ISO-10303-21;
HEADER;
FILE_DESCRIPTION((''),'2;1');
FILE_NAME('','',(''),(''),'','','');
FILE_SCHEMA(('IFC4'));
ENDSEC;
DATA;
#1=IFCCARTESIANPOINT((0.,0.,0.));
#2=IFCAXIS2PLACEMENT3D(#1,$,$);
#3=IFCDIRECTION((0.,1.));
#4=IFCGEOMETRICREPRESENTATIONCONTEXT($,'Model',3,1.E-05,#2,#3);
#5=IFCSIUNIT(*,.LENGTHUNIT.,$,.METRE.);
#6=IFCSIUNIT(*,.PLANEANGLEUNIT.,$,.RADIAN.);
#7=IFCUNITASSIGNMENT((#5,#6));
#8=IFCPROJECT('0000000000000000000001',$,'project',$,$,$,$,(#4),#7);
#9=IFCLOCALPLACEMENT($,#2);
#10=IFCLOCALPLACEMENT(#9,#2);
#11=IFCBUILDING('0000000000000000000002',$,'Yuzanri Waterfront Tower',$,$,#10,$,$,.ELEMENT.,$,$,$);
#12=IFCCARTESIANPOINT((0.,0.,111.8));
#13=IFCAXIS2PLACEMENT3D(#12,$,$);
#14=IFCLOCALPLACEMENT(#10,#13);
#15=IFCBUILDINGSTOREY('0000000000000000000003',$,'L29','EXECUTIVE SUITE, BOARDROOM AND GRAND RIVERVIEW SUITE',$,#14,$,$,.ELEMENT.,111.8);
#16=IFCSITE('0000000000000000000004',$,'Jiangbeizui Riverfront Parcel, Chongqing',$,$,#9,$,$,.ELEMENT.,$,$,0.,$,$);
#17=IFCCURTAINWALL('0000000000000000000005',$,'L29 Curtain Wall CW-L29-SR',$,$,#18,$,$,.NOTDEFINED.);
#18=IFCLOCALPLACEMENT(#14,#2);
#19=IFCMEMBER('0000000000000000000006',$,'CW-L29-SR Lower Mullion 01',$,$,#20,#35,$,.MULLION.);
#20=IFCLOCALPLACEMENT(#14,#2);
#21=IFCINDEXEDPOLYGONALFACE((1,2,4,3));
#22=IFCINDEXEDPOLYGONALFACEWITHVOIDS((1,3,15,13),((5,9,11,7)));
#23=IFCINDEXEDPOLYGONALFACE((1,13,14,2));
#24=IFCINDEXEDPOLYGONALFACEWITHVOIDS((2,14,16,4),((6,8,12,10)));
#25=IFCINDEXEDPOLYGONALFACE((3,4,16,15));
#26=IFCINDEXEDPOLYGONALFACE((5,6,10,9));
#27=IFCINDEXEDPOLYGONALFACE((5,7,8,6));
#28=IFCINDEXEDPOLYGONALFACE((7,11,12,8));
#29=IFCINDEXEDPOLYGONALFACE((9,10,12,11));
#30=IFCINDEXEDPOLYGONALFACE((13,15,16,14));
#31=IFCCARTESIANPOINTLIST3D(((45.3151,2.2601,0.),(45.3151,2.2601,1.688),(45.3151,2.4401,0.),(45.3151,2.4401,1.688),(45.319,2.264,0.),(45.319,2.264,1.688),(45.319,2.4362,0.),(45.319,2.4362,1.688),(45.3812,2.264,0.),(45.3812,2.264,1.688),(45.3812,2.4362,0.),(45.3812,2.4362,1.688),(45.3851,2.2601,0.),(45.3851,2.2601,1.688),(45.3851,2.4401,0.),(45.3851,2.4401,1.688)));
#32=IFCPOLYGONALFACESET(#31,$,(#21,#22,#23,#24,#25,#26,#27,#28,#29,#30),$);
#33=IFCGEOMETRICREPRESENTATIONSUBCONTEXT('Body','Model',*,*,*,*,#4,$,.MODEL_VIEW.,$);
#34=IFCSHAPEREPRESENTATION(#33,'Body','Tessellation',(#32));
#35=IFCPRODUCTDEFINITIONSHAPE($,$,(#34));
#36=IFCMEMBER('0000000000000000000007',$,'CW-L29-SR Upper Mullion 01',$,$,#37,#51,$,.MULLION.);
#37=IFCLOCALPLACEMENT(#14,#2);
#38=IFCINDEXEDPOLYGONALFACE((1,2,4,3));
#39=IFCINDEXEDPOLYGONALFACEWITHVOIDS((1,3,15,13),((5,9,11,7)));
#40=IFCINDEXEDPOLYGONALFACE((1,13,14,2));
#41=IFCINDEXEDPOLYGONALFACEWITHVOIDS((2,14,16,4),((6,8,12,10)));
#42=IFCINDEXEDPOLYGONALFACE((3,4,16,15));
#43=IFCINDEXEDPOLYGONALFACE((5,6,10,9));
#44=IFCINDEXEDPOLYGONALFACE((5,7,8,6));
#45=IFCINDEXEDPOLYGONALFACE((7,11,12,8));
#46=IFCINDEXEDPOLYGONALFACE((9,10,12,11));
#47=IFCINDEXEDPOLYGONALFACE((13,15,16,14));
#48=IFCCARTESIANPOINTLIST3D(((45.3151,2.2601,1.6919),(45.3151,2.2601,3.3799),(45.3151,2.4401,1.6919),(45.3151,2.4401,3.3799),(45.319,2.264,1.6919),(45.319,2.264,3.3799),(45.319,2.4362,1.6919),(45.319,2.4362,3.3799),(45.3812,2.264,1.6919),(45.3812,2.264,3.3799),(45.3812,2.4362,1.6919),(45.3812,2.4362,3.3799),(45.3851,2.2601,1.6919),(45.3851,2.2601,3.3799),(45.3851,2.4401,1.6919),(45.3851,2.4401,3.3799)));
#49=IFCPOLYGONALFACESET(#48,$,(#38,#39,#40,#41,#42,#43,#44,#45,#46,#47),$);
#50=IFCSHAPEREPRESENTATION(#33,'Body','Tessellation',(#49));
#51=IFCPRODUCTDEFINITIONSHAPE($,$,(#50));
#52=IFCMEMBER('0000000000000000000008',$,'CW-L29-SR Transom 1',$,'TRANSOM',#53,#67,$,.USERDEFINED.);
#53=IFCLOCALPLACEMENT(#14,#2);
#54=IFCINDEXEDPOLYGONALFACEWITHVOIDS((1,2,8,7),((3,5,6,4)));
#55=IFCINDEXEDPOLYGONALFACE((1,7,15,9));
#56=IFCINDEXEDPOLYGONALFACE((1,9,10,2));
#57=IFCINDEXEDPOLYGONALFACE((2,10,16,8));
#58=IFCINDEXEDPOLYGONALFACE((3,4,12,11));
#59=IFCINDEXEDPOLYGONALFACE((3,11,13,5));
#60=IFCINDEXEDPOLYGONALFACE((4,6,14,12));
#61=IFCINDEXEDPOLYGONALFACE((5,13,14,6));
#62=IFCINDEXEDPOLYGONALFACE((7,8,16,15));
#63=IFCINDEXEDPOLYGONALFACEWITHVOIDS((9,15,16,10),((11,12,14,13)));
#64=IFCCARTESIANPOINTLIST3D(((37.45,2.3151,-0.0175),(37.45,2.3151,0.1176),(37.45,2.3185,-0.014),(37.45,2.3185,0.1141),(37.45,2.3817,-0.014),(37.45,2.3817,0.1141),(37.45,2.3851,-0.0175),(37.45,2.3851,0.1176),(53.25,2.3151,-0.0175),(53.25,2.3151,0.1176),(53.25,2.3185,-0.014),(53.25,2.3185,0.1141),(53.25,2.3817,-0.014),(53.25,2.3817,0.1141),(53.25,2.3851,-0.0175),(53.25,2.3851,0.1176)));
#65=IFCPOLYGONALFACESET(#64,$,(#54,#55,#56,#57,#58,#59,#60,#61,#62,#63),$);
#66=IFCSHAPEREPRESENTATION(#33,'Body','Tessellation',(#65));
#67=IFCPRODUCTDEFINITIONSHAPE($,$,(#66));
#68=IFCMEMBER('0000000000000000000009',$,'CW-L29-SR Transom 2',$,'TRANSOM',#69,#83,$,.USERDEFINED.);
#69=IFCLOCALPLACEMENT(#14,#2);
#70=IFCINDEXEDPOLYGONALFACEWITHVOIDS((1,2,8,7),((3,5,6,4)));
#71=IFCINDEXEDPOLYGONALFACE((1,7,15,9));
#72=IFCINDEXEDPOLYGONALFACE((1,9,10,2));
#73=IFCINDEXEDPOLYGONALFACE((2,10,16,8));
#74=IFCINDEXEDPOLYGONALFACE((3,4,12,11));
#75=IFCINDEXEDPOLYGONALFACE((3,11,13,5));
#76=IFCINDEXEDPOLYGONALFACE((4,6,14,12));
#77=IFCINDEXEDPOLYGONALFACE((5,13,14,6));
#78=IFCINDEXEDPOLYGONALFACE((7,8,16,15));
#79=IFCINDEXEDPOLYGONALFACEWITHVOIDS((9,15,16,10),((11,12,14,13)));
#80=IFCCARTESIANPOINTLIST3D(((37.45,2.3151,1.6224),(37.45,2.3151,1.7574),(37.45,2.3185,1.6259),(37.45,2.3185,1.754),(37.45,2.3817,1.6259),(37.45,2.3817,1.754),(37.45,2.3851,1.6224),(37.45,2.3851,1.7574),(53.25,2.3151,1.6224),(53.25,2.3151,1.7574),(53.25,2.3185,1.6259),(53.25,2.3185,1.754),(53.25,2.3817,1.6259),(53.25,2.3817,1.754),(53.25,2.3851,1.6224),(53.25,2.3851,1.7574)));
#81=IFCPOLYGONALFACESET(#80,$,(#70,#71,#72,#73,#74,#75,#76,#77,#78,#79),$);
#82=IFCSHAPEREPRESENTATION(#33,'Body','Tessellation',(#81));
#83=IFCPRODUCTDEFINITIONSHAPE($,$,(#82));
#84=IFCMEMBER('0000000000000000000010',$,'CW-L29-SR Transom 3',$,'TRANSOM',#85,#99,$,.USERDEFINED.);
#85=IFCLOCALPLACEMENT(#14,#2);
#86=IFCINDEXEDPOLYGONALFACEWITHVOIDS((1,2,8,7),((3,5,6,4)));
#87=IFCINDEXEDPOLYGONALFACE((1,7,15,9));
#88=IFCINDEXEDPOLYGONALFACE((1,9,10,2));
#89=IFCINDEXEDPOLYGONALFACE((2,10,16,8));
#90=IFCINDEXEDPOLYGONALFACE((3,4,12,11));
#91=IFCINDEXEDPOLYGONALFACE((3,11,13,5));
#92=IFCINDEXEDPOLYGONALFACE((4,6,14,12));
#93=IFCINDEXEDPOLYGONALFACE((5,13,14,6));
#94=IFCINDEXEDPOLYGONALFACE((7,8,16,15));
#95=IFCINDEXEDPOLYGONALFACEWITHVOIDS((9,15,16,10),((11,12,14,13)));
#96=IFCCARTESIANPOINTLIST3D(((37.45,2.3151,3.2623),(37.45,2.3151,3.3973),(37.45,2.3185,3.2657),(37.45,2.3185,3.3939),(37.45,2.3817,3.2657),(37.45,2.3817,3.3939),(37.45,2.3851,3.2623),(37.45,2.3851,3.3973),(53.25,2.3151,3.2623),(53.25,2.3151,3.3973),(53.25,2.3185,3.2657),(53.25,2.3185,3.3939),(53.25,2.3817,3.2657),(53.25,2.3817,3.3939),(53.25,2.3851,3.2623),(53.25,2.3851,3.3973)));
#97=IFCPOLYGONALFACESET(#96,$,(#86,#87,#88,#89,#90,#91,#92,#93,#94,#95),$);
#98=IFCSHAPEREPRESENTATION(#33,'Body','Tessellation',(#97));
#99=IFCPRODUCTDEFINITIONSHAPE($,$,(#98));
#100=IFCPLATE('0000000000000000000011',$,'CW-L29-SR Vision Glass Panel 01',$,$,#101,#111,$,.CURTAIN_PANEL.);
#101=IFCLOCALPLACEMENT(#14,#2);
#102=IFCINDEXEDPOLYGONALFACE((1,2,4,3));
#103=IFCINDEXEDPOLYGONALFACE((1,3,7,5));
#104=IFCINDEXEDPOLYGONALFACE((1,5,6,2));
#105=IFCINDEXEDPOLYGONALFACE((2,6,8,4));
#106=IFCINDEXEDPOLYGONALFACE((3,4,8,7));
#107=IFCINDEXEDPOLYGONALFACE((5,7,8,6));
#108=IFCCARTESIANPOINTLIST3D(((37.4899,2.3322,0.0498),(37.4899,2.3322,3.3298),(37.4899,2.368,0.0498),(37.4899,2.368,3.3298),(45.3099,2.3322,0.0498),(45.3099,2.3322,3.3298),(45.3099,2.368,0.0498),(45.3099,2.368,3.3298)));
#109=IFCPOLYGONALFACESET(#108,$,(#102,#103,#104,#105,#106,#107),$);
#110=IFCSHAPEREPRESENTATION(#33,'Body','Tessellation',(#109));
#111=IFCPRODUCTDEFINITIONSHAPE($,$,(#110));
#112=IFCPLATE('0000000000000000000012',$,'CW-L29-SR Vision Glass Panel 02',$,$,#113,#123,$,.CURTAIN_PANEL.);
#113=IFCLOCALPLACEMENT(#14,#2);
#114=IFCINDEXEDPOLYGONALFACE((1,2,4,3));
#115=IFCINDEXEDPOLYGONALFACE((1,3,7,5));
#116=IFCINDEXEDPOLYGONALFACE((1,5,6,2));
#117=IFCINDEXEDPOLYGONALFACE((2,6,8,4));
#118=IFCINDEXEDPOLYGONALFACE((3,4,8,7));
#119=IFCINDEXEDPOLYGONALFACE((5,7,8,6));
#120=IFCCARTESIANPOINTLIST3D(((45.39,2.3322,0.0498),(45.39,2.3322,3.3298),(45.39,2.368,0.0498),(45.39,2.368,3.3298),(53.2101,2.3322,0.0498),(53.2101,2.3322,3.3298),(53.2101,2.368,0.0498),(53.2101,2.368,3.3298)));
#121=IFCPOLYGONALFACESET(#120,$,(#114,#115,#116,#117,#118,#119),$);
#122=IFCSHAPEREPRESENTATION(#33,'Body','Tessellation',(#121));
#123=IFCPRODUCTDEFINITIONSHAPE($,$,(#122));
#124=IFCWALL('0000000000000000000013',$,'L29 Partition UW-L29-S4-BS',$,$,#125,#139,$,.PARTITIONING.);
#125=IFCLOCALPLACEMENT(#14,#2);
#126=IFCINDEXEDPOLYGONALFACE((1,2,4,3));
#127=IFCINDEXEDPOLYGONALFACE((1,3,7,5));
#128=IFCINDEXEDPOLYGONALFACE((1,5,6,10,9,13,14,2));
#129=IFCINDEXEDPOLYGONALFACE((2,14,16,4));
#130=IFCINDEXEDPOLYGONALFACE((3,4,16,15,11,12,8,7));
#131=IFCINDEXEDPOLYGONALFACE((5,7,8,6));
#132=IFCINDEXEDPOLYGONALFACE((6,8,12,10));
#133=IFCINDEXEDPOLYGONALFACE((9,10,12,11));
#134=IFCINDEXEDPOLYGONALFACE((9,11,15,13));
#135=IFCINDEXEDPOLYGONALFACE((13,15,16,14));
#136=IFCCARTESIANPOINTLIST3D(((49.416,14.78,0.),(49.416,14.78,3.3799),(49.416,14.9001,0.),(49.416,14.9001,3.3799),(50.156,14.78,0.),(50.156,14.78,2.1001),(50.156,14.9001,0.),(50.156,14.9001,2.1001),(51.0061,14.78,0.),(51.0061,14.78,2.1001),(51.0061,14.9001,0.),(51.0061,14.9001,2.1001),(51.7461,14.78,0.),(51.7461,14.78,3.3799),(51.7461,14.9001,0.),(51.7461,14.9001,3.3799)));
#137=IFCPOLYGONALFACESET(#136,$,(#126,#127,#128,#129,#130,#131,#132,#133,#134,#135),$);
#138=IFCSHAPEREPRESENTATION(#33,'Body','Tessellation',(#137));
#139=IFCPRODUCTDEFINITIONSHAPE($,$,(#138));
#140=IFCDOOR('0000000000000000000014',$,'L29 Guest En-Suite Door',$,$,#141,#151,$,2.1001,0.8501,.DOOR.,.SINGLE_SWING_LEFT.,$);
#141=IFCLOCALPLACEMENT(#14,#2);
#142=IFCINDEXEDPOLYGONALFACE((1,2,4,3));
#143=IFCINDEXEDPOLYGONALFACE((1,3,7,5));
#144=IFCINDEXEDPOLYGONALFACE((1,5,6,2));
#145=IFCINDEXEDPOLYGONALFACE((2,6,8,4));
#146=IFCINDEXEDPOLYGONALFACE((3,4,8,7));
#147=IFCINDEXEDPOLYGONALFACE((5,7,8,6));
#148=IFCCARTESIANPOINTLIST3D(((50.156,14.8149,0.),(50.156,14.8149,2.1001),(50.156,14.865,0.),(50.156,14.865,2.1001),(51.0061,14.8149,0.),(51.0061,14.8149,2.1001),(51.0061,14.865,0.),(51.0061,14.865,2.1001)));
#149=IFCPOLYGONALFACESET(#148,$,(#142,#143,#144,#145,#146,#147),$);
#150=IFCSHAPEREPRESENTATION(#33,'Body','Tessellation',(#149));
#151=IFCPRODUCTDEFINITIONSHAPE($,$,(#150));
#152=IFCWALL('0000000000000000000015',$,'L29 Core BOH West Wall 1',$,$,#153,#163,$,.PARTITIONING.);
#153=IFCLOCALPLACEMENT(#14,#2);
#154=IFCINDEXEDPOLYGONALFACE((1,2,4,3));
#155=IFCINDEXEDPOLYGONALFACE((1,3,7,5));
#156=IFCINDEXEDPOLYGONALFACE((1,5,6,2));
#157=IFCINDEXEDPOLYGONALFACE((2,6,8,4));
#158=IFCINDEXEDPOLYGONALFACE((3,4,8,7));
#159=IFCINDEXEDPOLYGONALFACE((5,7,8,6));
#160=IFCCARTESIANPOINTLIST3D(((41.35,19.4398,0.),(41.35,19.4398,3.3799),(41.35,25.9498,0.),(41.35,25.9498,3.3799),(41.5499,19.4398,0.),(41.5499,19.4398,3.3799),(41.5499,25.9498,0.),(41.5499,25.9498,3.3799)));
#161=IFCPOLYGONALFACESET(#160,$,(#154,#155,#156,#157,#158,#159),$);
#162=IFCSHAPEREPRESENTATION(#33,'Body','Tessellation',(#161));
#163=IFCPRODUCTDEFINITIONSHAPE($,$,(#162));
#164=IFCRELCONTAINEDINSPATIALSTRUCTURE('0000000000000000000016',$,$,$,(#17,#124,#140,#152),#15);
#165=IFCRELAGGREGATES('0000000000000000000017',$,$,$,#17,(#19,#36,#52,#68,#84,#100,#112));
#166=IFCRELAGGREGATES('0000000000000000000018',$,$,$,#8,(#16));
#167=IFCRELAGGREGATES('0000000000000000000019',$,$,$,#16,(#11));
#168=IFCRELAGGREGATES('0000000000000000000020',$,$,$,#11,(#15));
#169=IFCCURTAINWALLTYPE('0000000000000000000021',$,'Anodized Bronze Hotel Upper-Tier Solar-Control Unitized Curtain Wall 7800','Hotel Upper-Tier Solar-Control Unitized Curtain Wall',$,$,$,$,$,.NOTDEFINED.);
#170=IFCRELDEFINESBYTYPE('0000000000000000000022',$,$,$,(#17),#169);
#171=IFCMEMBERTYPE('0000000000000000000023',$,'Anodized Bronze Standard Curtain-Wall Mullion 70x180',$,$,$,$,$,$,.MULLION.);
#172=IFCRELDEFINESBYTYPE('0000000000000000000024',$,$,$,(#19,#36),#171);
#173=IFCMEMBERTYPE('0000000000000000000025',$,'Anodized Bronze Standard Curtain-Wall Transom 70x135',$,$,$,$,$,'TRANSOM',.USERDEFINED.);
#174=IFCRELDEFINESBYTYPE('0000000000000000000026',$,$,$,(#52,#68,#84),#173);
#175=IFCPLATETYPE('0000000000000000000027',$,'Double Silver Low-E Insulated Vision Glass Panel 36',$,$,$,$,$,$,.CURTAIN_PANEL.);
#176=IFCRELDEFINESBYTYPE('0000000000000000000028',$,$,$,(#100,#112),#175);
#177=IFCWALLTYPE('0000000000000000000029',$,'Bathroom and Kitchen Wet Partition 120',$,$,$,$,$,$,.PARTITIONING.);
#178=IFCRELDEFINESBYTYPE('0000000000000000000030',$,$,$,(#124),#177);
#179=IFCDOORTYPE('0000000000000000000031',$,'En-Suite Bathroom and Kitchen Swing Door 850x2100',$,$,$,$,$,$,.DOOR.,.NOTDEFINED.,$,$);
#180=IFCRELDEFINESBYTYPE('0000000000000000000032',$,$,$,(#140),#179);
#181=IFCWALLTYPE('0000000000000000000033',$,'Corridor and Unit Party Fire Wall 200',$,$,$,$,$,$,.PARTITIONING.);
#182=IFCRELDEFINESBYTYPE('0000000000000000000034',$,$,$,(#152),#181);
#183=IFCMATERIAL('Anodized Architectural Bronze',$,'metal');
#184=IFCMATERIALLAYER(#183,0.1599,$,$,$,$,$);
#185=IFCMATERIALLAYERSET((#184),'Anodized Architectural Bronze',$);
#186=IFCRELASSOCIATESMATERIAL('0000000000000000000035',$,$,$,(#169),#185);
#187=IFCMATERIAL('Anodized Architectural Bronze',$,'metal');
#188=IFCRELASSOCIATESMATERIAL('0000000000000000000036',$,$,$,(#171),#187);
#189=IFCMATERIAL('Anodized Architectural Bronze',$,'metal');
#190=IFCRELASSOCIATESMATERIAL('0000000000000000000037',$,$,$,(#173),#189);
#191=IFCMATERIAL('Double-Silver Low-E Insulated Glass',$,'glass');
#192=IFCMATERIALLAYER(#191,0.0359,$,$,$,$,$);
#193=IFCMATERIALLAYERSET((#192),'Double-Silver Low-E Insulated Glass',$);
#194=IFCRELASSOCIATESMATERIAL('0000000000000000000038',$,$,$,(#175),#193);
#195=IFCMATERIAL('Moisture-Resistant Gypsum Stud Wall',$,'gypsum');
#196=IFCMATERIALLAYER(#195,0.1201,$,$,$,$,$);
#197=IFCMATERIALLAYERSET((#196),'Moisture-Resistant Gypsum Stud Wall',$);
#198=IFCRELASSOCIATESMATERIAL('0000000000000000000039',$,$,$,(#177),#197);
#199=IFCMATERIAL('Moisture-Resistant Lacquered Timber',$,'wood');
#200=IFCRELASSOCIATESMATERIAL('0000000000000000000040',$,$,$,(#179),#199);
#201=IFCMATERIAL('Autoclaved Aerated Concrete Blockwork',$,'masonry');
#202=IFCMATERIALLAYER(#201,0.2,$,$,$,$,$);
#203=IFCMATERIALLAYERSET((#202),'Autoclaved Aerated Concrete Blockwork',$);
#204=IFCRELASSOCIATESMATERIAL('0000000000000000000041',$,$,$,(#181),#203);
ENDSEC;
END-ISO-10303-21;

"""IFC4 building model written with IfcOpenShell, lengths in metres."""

from ifc_helpers import new_model, si_unit, direction, frame, frame_2d, origin, origin_2d, place, context, subcontext, project, spatial, rectangle, hollow_rectangle, extrude, source, transform, mapped, material, layer, layer_set, material_profile, profile_set, type_object, element, fill, aggregate, save


model = new_model("IFC4")

# Units and contexts
model_context = context("Model", 3, precision=1e-05, world=origin(), true_north=direction((0.0, 1.0)))
body_context = subcontext(model_context, "Body", "Model", "MODEL_VIEW")
ifc_project = project(units=[si_unit("LENGTHUNIT", "METRE"), si_unit("PLANEANGLEUNIT", "RADIAN")], contexts=[model_context])

# Site, building, storey
site_placement = place(None, origin())
site = spatial("IfcSite", under=ifc_project, at=site_placement, Name="Jiangbeizui Riverfront Parcel, Chongqing", CompositionType="ELEMENT", RefElevation=0.0)
building_placement = place(site_placement, origin())
building = spatial("IfcBuilding", under=site, at=building_placement, Name="Yuzanri Waterfront Tower", CompositionType="ELEMENT")
storey_placement = place(building_placement, frame((0.0, 0.0, 111.8)))
storey = spatial("IfcBuildingStorey", under=building, at=storey_placement, Name="L29", Description="EXECUTIVE SUITE, BOARDROOM AND GRAND RIVERVIEW SUITE", CompositionType="ELEMENT", Elevation=111.8)

# Curtain wall, members, plates
ifc_material_1 = material(Name="Anodized Architectural Bronze", Category="metal")
ifc_layer_1 = layer(ifc_material_1, 0.1599)
ifc_layer_set_1 = layer_set([ifc_layer_1], Name="Anodized Architectural Bronze")
curtain_wall_type = type_object("IfcCurtainWallType", Name="Anodized Bronze Hotel Upper-Tier Solar-Control Unitized Curtain Wall 7800", Description="Hotel Upper-Tier Solar-Control Unitized Curtain Wall", PredefinedType="NOTDEFINED", material=ifc_layer_set_1)
curtain_wall_placement = place(storey_placement, origin())
curtain_wall = element("IfcCurtainWall", 1, at=curtain_wall_placement, inside=storey, type_object=curtain_wall_type, Name="L29 Curtain Wall CW-L29-SR", PredefinedType="NOTDEFINED")
ifc_material_2 = material(Name="Anodized Architectural Bronze", Category="metal")
ifc_material_profile_1 = material_profile(ifc_material_2, hollow_rectangle(XDim=0.0701, YDim=0.1799, WallThickness=0.0039, at=origin_2d()), Name="CWM 70x180")
ifc_profile_set_1 = profile_set([ifc_material_profile_1], Name="Anodized Architectural Bronze")
member_type_1 = type_object("IfcMemberType", Name="Anodized Bronze Standard Curtain-Wall Mullion 70x180", PredefinedType="MULLION", material=ifc_profile_set_1)
shared_shape_1 = source(origin(), body_context, "Body", "SweptSolid", [
    extrude(hollow_rectangle(XDim=0.0701, YDim=0.1799, WallThickness=0.0039, at=origin_2d()), origin(), (0.0, 0.0, 1.0), 1.688),
])
member_1_placement = place(storey_placement, frame((45.3501, 2.3501, 0.0), z_axis=(0.0, 0.0, 1.0), x_axis=(1.0, 0.0, 0.0)))
member_1 = element("IfcMember", 2, at=member_1_placement, type_object=member_type_1, Name="CW-L29-SR Lower Mullion 01", PredefinedType="MULLION", context=body_context, shape_type="MappedRepresentation", body=[
    mapped(shared_shape_1, transform((0.0, 0.0, 0.0), scale=1.0)),
])
member_2_placement = place(storey_placement, frame((45.3501, 2.3501, 1.6919), z_axis=(0.0, 0.0, 1.0), x_axis=(1.0, 0.0, 0.0)))
member_2 = element("IfcMember", 3, at=member_2_placement, type_object=member_type_1, Name="CW-L29-SR Upper Mullion 01", PredefinedType="MULLION", context=body_context, shape_type="MappedRepresentation", body=[
    mapped(shared_shape_1, transform((0.0, 0.0, 0.0), scale=1.0)),
])
ifc_material_3 = material(Name="Anodized Architectural Bronze", Category="metal")
ifc_material_profile_2 = material_profile(ifc_material_3, hollow_rectangle(XDim=0.0701, YDim=0.135, WallThickness=0.0034, at=origin_2d()), Name="CWT 70x135")
ifc_profile_set_2 = profile_set([ifc_material_profile_2], Name="Anodized Architectural Bronze")
member_type_2 = type_object("IfcMemberType", Name="Anodized Bronze Standard Curtain-Wall Transom 70x135", ElementType="TRANSOM", PredefinedType="USERDEFINED", material=ifc_profile_set_2)
shared_shape_2 = source(origin(), body_context, "Body", "SweptSolid", [
    extrude(hollow_rectangle(XDim=0.0701, YDim=0.135, WallThickness=0.0034, at=origin_2d()), origin(), (0.0, 0.0, 1.0), 15.8),
])
member_3_placement = place(storey_placement, frame((37.45, 2.3501, 0.05), z_axis=(1.0, 0.0, 0.0), x_axis=(0.0, 1.0, 0.0)))
member_3 = element("IfcMember", 4, at=member_3_placement, type_object=member_type_2, Name="CW-L29-SR Transom 1", ObjectType="TRANSOM", PredefinedType="USERDEFINED", context=body_context, shape_type="MappedRepresentation", body=[
    mapped(shared_shape_2, transform((0.0, 0.0, 0.0), scale=1.0)),
])
member_4_placement = place(storey_placement, frame((37.45, 2.3501, 1.6899), z_axis=(1.0, 0.0, 0.0), x_axis=(0.0, 1.0, 0.0)))
member_4 = element("IfcMember", 5, at=member_4_placement, type_object=member_type_2, Name="CW-L29-SR Transom 2", ObjectType="TRANSOM", PredefinedType="USERDEFINED", context=body_context, shape_type="MappedRepresentation", body=[
    mapped(shared_shape_2, transform((0.0, 0.0, 0.0), scale=1.0)),
])
member_5_placement = place(storey_placement, frame((37.45, 2.3501, 3.3298), z_axis=(1.0, 0.0, 0.0), x_axis=(0.0, 1.0, 0.0)))
member_5 = element("IfcMember", 6, at=member_5_placement, type_object=member_type_2, Name="CW-L29-SR Transom 3", ObjectType="TRANSOM", PredefinedType="USERDEFINED", context=body_context, shape_type="MappedRepresentation", body=[
    mapped(shared_shape_2, transform((0.0, 0.0, 0.0), scale=1.0)),
])
ifc_material_4 = material(Name="Double-Silver Low-E Insulated Glass", Category="glass")
ifc_layer_2 = layer(ifc_material_4, 0.0359)
ifc_layer_set_2 = layer_set([ifc_layer_2], Name="Double-Silver Low-E Insulated Glass")
plate_type = type_object("IfcPlateType", Name="Double Silver Low-E Insulated Vision Glass Panel 36", PredefinedType="CURTAIN_PANEL", material=ifc_layer_set_2)
shared_shape_3 = source(origin(), body_context, "Body", "SweptSolid", [
    extrude(rectangle(XDim=7.8201, YDim=0.0359, at=origin_2d()), origin(), (0.0, 0.0, 1.0), 3.28),
])
plate_1_placement = place(storey_placement, frame((41.3999, 2.3501, 0.0498), z_axis=(0.0, 0.0, 1.0), x_axis=(1.0, 0.0, 0.0)))
plate_1 = element("IfcPlate", 7, at=plate_1_placement, type_object=plate_type, Name="CW-L29-SR Vision Glass Panel 01", PredefinedType="CURTAIN_PANEL", context=body_context, shape_type="MappedRepresentation", body=[
    mapped(shared_shape_3, transform((0.0, 0.0, 0.0), scale=1.0)),
])
plate_2_placement = place(storey_placement, frame((49.3, 2.3501, 0.0498), z_axis=(0.0, 0.0, 1.0), x_axis=(1.0, 0.0, 0.0)))
plate_2 = element("IfcPlate", 8, at=plate_2_placement, type_object=plate_type, Name="CW-L29-SR Vision Glass Panel 02", PredefinedType="CURTAIN_PANEL", context=body_context, shape_type="MappedRepresentation", body=[
    mapped(shared_shape_3, transform((0.0, 0.0, 0.0), scale=1.0)),
])
aggregate(curtain_wall, [member_1, member_2, member_3, member_4, member_5, plate_1, plate_2])

# Wall, opening, door
ifc_material_5 = material(Name="Moisture-Resistant Gypsum Stud Wall", Category="gypsum")
ifc_layer_3 = layer(ifc_material_5, 0.1201)
ifc_layer_set_3 = layer_set([ifc_layer_3], Name="Moisture-Resistant Gypsum Stud Wall")
wall_type_1 = type_object("IfcWallType", Name="Bathroom and Kitchen Wet Partition 120", PredefinedType="PARTITIONING", material=ifc_layer_set_3)
wall_1_placement = place(storey_placement, frame((49.416, 14.8401, 0.0), z_axis=(0.0, 0.0, 1.0), x_axis=(1.0, 0.0, 0.0)))
wall_1 = element("IfcWall", 9, at=wall_1_placement, inside=storey, type_object=wall_type_1, Name="L29 Partition UW-L29-S4-BS", PredefinedType="PARTITIONING", context=body_context, shape_type="SweptSolid", body=[
    extrude(rectangle(XDim=2.3301, YDim=0.1201, at=frame_2d((1.165, 0.0))), origin(), (0.0, 0.0, 1.0), 3.3799),
])
opening_placement = place(wall_1_placement, frame((0.74, 0.0, 0.0)))
opening = element("IfcOpeningElement", 10, at=opening_placement, cuts=wall_1, PredefinedType="OPENING", context=body_context, shape_type="SweptSolid", body=[
    extrude(rectangle(XDim=0.8501, YDim=2.1001, at=frame_2d((0.425, 1.05))), frame((0.0, 0.075, 0.0), z_axis=(0.0, -1.0, 0.0), x_axis=(1.0, 0.0, 0.0)), (0.0, 0.0, 1.0), 0.1499),
])
ifc_material_6 = material(Name="Moisture-Resistant Lacquered Timber", Category="wood")
door_type = type_object("IfcDoorType", Name="En-Suite Bathroom and Kitchen Swing Door 850x2100", OperationType="NOTDEFINED", PredefinedType="DOOR", material=ifc_material_6)
shared_shape_4 = source(origin(), body_context, "Body", "SweptSolid", [
    extrude(rectangle(XDim=0.8501, YDim=2.1001, at=frame_2d((0.425, 1.05))), frame((0.0, 0.0249, 0.0), z_axis=(0.0, -1.0, 0.0), x_axis=(1.0, 0.0, 0.0)), (0.0, 0.0, 1.0), 0.05),
])
door_placement = place(opening_placement, origin())
door = element("IfcDoor", 11, at=door_placement, inside=storey, type_object=door_type, Name="L29 Guest En-Suite Door", OperationType="SINGLE_SWING_LEFT", OverallHeight=2.1001, OverallWidth=0.8501, PredefinedType="DOOR", context=body_context, shape_type="MappedRepresentation", body=[
    mapped(shared_shape_4, transform((0.0, 0.0, 0.0), scale=1.0)),
])
fill(opening, door)

# Wall
ifc_material_7 = material(Name="Autoclaved Aerated Concrete Blockwork", Category="masonry")
ifc_layer_4 = layer(ifc_material_7, 0.2)
ifc_layer_set_4 = layer_set([ifc_layer_4], Name="Autoclaved Aerated Concrete Blockwork")
wall_type_2 = type_object("IfcWallType", Name="Corridor and Unit Party Fire Wall 200", PredefinedType="PARTITIONING", material=ifc_layer_set_4)
shared_shape_5 = source(origin(), body_context, "Body", "SweptSolid", [
    extrude(rectangle(XDim=6.51, YDim=0.2, at=frame_2d((3.2549, 0.0))), origin(), (0.0, 0.0, 1.0), 3.3799),
])
wall_2_placement = place(storey_placement, frame((41.45, 19.4399, 0.0), z_axis=(0.0, 0.0, 1.0), x_axis=(0.0, 1.0, 0.0)))
element("IfcWall", 12, at=wall_2_placement, inside=storey, type_object=wall_type_2, Name="L29 Core BOH West Wall 1", PredefinedType="PARTITIONING", context=body_context, shape_type="MappedRepresentation", body=[
    mapped(shared_shape_5, transform((0.0, 0.0, 0.0), scale=1.0)),
])

save(model, "model.ifc")
